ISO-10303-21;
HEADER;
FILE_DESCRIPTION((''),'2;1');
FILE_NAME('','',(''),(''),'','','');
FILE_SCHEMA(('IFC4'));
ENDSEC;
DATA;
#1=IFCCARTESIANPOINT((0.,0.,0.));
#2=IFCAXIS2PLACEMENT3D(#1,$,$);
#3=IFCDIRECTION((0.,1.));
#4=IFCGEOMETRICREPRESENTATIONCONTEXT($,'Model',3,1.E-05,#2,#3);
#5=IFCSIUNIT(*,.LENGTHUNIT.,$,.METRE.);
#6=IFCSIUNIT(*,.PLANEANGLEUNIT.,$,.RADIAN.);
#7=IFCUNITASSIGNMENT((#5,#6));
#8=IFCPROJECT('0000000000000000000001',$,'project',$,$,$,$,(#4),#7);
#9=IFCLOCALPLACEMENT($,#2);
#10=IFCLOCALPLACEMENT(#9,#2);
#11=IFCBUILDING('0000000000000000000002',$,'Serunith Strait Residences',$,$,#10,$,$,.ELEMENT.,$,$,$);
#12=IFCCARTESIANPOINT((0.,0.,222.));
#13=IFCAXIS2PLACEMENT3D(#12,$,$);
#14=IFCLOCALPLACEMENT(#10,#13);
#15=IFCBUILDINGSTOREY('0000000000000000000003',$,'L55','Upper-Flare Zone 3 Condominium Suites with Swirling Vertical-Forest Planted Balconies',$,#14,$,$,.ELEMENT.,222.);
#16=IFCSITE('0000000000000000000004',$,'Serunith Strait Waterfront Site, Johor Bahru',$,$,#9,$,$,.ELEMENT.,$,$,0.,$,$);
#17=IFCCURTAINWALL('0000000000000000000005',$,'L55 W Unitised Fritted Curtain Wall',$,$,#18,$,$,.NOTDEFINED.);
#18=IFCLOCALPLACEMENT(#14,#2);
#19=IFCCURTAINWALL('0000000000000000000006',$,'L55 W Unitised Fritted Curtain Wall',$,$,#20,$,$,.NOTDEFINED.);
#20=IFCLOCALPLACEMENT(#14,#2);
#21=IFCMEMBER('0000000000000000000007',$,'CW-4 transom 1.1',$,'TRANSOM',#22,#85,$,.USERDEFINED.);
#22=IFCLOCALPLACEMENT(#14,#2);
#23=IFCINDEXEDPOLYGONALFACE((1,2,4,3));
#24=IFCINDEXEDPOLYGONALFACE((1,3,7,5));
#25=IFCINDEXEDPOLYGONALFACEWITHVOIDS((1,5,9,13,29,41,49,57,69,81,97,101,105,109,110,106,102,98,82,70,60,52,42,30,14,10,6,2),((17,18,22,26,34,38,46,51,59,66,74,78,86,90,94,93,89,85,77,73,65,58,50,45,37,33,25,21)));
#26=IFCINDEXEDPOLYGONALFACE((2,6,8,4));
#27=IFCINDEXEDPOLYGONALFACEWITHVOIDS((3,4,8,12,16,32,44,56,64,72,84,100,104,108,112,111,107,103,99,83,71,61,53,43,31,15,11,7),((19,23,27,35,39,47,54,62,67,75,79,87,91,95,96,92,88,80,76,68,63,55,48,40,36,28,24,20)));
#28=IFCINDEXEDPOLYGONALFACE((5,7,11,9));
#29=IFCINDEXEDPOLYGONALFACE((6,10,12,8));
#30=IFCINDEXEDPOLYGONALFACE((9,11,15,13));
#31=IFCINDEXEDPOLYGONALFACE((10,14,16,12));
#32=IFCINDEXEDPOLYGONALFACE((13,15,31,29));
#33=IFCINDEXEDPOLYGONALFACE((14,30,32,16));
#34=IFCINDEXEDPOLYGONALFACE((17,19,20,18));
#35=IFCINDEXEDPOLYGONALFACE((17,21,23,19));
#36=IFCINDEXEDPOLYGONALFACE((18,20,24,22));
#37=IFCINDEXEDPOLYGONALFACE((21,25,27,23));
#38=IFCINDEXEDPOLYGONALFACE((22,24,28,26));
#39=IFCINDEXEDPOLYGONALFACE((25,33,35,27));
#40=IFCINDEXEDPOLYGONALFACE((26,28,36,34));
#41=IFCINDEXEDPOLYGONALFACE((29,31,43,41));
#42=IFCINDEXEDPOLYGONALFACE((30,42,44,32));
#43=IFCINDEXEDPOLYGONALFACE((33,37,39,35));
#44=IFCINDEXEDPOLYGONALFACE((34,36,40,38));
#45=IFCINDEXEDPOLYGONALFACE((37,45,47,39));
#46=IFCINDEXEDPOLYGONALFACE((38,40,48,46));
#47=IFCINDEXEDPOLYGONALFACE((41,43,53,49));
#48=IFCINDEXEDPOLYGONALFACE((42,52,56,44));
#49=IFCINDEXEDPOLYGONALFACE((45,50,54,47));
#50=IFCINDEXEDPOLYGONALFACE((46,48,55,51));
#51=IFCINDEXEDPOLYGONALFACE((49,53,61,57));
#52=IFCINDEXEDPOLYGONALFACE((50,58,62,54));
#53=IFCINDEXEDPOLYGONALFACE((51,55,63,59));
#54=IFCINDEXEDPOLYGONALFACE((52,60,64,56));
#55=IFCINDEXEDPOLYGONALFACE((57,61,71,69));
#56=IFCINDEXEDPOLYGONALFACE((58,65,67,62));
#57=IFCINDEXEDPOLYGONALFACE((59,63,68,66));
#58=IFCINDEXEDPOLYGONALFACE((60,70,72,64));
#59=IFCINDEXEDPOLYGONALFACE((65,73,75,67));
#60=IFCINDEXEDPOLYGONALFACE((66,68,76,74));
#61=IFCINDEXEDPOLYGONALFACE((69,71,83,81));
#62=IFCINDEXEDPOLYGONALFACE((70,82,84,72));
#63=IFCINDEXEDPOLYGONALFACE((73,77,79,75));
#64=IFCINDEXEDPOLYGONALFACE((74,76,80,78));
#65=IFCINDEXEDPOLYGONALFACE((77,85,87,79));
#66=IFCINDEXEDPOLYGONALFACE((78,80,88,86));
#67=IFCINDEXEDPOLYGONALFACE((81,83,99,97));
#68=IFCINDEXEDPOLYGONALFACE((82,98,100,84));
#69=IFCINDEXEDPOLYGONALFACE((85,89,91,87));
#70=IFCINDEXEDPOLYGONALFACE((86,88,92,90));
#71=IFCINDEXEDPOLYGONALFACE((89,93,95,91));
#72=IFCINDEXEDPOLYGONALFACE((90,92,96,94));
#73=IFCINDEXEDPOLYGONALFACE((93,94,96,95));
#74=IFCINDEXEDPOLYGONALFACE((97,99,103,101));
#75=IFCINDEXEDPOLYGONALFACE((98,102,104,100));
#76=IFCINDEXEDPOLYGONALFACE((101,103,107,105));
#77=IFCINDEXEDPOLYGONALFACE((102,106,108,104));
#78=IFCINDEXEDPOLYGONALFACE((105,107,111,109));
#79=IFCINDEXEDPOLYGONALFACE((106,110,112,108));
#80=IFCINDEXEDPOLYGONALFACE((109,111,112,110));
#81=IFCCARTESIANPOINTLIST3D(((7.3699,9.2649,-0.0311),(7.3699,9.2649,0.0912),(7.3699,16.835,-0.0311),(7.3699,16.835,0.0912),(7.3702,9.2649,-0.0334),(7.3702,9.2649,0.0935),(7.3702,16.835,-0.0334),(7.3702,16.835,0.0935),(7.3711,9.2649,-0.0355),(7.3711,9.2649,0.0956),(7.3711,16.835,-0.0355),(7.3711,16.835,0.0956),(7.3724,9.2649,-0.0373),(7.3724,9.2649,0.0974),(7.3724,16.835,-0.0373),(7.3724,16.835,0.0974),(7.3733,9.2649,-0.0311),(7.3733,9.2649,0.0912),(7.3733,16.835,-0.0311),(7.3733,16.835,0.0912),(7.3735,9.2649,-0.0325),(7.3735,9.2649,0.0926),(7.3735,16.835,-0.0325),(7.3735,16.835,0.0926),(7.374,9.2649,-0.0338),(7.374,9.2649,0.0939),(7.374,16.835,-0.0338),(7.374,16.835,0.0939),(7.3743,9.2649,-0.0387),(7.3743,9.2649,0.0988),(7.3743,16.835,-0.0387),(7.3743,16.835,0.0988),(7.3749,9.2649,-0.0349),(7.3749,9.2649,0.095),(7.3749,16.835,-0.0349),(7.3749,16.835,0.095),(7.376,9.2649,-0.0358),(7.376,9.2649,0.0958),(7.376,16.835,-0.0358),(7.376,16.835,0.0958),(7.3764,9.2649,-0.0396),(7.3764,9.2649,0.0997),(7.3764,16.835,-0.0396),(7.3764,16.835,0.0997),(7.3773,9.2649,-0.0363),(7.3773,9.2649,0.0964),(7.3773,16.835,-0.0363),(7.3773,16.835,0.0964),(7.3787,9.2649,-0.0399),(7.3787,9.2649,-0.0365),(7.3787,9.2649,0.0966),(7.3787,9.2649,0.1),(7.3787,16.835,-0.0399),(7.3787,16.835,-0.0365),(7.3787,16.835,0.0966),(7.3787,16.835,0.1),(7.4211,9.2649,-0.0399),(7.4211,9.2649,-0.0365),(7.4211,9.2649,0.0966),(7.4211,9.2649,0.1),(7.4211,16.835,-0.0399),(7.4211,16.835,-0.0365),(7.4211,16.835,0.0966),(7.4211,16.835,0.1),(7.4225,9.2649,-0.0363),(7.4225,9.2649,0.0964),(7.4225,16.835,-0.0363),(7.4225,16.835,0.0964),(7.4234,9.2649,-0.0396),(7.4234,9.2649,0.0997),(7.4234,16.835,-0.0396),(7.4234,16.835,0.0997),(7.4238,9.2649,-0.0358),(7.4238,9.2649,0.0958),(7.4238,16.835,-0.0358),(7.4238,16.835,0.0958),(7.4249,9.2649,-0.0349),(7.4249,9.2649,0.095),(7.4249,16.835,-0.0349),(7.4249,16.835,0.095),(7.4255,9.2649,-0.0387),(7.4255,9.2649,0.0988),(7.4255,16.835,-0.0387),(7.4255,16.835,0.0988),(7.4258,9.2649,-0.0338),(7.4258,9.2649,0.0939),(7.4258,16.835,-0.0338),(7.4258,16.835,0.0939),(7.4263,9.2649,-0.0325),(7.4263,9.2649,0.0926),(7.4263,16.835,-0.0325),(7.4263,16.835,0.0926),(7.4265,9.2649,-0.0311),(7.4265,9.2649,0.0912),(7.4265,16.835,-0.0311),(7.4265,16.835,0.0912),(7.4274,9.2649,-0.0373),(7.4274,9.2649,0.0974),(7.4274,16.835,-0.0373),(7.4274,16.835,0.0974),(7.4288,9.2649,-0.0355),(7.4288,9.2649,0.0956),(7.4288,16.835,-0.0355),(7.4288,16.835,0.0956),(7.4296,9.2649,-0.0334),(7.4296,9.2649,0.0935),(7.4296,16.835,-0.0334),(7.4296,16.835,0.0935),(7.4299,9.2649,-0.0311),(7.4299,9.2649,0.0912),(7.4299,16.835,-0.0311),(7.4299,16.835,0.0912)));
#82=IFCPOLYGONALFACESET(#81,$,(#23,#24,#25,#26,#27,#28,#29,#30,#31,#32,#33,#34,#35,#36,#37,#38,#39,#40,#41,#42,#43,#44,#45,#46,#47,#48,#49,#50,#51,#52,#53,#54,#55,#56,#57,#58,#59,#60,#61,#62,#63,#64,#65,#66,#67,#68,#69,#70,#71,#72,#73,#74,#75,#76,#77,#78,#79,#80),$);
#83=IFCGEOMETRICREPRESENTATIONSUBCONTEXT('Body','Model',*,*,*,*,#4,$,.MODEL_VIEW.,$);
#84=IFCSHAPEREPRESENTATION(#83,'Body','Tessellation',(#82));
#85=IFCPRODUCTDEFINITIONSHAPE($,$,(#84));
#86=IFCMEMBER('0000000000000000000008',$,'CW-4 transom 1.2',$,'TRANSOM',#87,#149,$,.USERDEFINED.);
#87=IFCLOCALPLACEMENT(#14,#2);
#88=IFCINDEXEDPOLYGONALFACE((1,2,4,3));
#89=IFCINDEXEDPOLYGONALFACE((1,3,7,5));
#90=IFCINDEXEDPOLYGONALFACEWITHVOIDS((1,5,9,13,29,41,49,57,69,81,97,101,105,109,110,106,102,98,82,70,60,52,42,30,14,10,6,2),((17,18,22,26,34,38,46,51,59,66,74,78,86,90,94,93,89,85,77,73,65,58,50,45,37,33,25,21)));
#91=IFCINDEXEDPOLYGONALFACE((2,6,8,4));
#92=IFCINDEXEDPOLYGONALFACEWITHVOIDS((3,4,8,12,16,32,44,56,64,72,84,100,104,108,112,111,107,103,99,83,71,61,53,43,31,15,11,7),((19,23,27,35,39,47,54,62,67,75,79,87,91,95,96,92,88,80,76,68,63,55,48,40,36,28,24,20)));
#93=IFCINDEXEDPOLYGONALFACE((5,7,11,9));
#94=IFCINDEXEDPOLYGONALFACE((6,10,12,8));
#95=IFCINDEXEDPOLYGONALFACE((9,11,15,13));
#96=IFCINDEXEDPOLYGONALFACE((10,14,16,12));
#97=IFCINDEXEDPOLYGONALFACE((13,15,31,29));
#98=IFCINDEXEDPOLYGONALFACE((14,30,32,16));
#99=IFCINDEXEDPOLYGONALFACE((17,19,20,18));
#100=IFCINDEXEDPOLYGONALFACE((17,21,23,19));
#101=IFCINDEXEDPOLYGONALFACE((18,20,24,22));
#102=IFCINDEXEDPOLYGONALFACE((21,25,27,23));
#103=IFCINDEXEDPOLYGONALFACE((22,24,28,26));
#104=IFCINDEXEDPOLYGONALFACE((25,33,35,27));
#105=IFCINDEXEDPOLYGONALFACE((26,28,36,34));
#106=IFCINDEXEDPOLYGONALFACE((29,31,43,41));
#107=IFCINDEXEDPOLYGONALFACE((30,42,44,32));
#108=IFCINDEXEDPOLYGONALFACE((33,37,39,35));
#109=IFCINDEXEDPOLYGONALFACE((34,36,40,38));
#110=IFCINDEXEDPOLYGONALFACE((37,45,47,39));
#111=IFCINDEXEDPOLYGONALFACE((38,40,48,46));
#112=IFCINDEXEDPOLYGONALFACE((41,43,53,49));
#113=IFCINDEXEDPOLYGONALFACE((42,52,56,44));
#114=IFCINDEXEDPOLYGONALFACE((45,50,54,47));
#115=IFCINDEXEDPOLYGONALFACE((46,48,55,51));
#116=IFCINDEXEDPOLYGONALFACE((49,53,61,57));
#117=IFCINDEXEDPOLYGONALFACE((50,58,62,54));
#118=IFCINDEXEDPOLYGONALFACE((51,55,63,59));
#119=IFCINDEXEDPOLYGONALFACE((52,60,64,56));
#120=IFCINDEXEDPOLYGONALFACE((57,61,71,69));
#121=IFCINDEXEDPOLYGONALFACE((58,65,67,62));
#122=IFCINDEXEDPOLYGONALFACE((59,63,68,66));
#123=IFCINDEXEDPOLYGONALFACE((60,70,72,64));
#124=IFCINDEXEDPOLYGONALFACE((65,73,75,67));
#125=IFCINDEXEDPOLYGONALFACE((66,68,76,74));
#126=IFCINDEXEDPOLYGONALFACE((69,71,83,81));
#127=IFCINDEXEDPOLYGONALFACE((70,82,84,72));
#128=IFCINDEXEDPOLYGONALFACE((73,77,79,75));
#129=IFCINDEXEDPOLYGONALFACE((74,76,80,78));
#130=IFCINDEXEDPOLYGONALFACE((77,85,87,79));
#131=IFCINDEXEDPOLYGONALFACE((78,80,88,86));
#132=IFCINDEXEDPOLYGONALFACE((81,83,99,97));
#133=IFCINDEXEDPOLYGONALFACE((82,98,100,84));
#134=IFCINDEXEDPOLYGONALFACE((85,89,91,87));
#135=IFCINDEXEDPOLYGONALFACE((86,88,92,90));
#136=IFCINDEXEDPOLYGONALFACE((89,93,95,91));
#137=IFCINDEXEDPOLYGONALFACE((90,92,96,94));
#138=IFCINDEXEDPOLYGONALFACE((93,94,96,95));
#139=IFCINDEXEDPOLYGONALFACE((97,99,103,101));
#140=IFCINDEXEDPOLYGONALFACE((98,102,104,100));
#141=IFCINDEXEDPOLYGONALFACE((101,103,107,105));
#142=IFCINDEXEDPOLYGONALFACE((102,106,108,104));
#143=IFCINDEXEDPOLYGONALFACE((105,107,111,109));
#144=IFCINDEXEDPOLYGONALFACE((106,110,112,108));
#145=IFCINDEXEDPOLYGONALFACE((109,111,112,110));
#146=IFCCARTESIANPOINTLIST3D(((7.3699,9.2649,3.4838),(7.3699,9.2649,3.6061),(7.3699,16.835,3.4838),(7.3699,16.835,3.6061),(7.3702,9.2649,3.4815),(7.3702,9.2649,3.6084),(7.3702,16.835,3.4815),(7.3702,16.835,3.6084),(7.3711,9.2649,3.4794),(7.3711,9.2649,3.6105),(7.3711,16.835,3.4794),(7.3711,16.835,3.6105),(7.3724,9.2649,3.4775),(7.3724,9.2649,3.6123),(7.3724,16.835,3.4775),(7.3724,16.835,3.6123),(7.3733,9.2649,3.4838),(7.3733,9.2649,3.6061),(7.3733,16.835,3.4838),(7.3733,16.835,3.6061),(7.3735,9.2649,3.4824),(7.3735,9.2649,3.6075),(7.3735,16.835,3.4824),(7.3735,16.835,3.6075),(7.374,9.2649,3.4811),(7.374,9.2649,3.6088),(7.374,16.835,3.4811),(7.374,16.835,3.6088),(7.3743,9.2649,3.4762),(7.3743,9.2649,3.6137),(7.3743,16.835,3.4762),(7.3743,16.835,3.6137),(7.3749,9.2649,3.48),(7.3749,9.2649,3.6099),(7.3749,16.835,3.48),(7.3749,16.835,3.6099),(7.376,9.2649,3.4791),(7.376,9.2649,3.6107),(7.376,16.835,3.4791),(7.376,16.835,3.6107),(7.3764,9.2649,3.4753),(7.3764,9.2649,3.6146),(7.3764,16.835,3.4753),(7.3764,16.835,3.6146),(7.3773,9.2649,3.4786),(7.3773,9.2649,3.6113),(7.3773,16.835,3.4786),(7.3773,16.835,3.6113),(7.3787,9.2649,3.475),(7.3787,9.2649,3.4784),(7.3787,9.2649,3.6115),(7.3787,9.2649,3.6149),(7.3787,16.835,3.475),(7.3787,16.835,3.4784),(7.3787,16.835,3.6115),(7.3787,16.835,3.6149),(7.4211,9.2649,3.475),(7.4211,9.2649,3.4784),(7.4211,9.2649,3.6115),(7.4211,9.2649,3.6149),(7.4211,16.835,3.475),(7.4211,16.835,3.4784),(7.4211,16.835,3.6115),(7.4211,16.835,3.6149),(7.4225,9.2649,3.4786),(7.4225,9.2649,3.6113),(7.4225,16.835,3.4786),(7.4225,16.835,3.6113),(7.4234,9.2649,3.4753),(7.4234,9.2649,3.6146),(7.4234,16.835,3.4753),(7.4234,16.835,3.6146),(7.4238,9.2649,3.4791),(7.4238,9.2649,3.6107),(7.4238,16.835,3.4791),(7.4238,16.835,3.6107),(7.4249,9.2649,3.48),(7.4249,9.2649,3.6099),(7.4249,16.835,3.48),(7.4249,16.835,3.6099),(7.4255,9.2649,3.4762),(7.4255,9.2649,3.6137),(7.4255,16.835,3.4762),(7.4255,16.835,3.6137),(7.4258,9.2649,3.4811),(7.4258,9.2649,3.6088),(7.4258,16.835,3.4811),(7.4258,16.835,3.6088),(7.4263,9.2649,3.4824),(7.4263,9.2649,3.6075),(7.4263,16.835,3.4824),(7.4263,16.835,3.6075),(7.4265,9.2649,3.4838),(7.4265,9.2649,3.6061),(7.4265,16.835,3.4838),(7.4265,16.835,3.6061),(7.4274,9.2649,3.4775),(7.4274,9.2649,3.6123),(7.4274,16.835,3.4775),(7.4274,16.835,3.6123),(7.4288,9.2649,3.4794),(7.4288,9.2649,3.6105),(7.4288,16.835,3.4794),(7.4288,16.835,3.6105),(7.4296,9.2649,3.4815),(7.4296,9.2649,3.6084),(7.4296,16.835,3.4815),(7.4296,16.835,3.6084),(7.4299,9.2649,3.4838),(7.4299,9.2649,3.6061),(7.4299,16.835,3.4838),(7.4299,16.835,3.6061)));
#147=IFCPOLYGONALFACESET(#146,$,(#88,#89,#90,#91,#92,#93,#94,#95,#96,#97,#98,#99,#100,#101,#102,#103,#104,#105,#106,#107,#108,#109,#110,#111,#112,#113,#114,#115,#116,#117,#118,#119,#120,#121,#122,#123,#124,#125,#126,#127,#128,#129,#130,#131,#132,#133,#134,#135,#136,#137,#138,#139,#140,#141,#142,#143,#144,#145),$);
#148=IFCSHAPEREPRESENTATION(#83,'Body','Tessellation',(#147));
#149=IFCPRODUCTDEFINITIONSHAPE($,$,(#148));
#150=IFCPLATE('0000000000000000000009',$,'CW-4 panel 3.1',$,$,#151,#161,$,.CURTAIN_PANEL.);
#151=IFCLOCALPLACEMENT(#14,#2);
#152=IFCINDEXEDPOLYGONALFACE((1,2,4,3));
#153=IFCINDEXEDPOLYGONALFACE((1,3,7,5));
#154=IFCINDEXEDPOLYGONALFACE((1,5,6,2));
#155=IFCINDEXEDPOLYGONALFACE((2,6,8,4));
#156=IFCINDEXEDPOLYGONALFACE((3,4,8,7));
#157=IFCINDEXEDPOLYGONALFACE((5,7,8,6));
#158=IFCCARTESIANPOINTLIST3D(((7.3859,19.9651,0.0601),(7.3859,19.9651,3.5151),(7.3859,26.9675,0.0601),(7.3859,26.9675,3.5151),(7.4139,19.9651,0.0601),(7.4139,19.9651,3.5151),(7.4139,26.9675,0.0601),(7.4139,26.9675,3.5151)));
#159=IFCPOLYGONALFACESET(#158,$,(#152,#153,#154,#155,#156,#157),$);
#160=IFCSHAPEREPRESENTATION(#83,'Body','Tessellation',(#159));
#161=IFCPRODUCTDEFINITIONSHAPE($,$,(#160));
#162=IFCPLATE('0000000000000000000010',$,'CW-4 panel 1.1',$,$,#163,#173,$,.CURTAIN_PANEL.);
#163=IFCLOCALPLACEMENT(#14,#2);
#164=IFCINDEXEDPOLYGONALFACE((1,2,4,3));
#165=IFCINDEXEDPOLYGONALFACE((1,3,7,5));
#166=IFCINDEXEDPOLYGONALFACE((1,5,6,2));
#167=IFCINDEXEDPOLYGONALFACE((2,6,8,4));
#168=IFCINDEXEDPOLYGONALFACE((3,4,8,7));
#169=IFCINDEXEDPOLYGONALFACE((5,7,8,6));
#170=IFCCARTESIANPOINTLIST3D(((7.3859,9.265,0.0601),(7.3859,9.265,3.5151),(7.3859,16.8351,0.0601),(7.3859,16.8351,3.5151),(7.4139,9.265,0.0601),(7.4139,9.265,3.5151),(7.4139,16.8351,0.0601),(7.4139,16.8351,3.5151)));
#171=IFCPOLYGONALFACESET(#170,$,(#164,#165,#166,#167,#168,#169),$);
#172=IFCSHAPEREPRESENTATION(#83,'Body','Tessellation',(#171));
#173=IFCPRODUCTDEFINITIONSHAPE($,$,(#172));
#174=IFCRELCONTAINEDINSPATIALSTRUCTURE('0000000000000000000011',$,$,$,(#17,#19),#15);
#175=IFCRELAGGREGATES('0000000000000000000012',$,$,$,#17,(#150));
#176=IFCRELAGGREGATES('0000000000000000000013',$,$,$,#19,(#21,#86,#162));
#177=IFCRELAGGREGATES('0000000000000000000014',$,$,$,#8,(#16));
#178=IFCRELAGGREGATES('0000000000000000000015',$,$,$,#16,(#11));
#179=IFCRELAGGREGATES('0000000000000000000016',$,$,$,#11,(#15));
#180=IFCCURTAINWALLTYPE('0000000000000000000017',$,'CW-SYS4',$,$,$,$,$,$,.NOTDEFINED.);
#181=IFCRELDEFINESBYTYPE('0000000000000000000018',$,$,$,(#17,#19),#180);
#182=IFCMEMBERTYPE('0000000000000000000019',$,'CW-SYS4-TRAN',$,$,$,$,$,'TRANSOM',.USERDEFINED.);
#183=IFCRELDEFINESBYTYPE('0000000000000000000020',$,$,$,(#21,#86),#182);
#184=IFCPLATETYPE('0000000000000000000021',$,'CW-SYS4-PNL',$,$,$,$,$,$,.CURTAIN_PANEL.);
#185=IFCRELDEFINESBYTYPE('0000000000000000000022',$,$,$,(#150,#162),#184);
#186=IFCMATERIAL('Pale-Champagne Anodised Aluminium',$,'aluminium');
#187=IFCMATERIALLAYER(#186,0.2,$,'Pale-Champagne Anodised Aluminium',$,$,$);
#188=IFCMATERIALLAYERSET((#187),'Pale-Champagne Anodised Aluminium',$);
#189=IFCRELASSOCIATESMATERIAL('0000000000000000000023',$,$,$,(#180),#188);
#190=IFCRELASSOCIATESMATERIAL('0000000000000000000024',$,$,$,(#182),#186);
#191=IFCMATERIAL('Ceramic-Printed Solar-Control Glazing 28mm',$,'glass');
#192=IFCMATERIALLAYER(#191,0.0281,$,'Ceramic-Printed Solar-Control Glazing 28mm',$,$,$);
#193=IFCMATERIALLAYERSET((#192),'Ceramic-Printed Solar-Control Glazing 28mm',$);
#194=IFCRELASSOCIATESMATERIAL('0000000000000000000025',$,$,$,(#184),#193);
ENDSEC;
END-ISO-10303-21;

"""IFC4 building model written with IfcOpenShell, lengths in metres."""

from ifc_helpers import new_model, si_unit, direction, frame, origin, origin_2d, place, context, subcontext, project, spatial, rectangle, hollow_rectangle, extrude, source, transform, mapped, material, layer, layer_set, material_profile, profile_set, type_object, element, aggregate, save


model = new_model("IFC4")

# Units and contexts
model_context = context("Model", 3, precision=1e-05, world=origin(), true_north=direction((0.0, 1.0)))
body_context = subcontext(model_context, "Body", "Model", "MODEL_VIEW")
ifc_project = project(units=[si_unit("LENGTHUNIT", "METRE"), si_unit("PLANEANGLEUNIT", "RADIAN")], contexts=[model_context])

# Site, building, storey
site_placement = place(None, origin())
site = spatial("IfcSite", under=ifc_project, at=site_placement, Name="Serunith Strait Waterfront Site, Johor Bahru", CompositionType="ELEMENT", RefElevation=0.0)
building_placement = place(site_placement, origin())
building = spatial("IfcBuilding", under=site, at=building_placement, Name="Serunith Strait Residences", CompositionType="ELEMENT")
storey_placement = place(building_placement, frame((0.0, 0.0, 222.0)))
storey = spatial("IfcBuildingStorey", under=building, at=storey_placement, Name="L55", Description="Upper-Flare Zone 3 Condominium Suites with Swirling Vertical-Forest Planted Balconies", CompositionType="ELEMENT", Elevation=222.0)

# Curtain wall
ifc_material_1 = material(Name="Pale-Champagne Anodised Aluminium", Category="aluminium")
ifc_layer_1 = layer(ifc_material_1, 0.2, Name="Pale-Champagne Anodised Aluminium")
ifc_layer_set_1 = layer_set([ifc_layer_1], Name="Pale-Champagne Anodised Aluminium")
curtain_wall_type = type_object("IfcCurtainWallType", Name="CW-SYS4", PredefinedType="NOTDEFINED", material=ifc_layer_set_1)
curtain_wall_1_placement = place(storey_placement, origin())
curtain_wall_1 = element("IfcCurtainWall", 1, at=curtain_wall_1_placement, inside=storey, type_object=curtain_wall_type, Name="L55 W Unitised Fritted Curtain Wall", PredefinedType="NOTDEFINED")

# Curtain wall, members
curtain_wall_2_placement = place(storey_placement, origin())
curtain_wall_2 = element("IfcCurtainWall", 2, at=curtain_wall_2_placement, inside=storey, type_object=curtain_wall_type, Name="L55 W Unitised Fritted Curtain Wall", PredefinedType="NOTDEFINED")
ifc_material_profile_1 = material_profile(ifc_material_1, hollow_rectangle(XDim=0.0601, YDim=0.1399, WallThickness=0.0034, InnerFilletRadius=0.0054, OuterFilletRadius=0.0088, at=origin_2d()), Name="ALU 140x60x3.5")
ifc_profile_set_1 = profile_set([ifc_material_profile_1], Name="Pale-Champagne Anodised Aluminium")
member_type_1 = type_object("IfcMemberType", Name="CW-SYS4-TRAN", ElementType="TRANSOM", PredefinedType="USERDEFINED", material=ifc_profile_set_1)
shared_shape_1 = source(origin(), body_context, "Body", "SweptSolid", [
    extrude(hollow_rectangle(XDim=0.0601, YDim=0.1399, WallThickness=0.0034, InnerFilletRadius=0.0054, OuterFilletRadius=0.0088, at=origin_2d()), origin(), (0.0, 0.0, 1.0), 7.5701),
])
member_1_placement = place(storey_placement, frame((7.3999, 16.835, 0.03), z_axis=(0.0, -1.0, 0.0), x_axis=(1.0, 0.0, 0.0)))
member_1 = element("IfcMember", 3, at=member_1_placement, type_object=member_type_1, Name="CW-4 transom 1.1", ObjectType="TRANSOM", PredefinedType="USERDEFINED", context=body_context, shape_type="MappedRepresentation", body=[
    mapped(shared_shape_1, transform((0.0, 0.0, 0.0), scale=1.0)),
])
member_2_placement = place(storey_placement, frame((7.3999, 16.835, 3.5449), z_axis=(0.0, -1.0, 0.0), x_axis=(1.0, 0.0, 0.0)))
member_2 = element("IfcMember", 4, at=member_2_placement, type_object=member_type_1, Name="CW-4 transom 1.2", ObjectType="TRANSOM", PredefinedType="USERDEFINED", context=body_context, shape_type="MappedRepresentation", body=[
    mapped(shared_shape_1, transform((0.0, 0.0, 0.0), scale=1.0)),
])

# Plates
ifc_material_2 = material(Name="Ceramic-Printed Solar-Control Glazing 28mm", Category="glass")
ifc_layer_2 = layer(ifc_material_2, 0.0281, Name="Ceramic-Printed Solar-Control Glazing 28mm")
ifc_layer_set_2 = layer_set([ifc_layer_2], Name="Ceramic-Printed Solar-Control Glazing 28mm")
plate_type = type_object("IfcPlateType", Name="CW-SYS4-PNL", PredefinedType="CURTAIN_PANEL", material=ifc_layer_set_2)
shared_shape_2 = source(origin(), body_context, "Body", "SweptSolid", [
    extrude(rectangle(XDim=7.0024, YDim=0.0281, at=origin_2d()), origin(), (0.0, 0.0, 1.0), 3.4551),
])
plate_1_placement = place(storey_placement, frame((7.3999, 23.4663, 0.0601), z_axis=(0.0, 0.0, 1.0), x_axis=(0.0, -1.0, 0.0)))
plate_1 = element("IfcPlate", 5, at=plate_1_placement, type_object=plate_type, Name="CW-4 panel 3.1", PredefinedType="CURTAIN_PANEL", context=body_context, shape_type="MappedRepresentation", body=[
    mapped(shared_shape_2, transform((0.0, 0.0, 0.0), scale=1.0)),
])
aggregate(curtain_wall_1, [plate_1])
shared_shape_3 = source(origin(), body_context, "Body", "SweptSolid", [
    extrude(rectangle(XDim=7.5701, YDim=0.0281, at=origin_2d()), origin(), (0.0, 0.0, 1.0), 3.4551),
])
plate_2_placement = place(storey_placement, frame((7.3999, 13.05, 0.0601), z_axis=(0.0, 0.0, 1.0), x_axis=(0.0, -1.0, 0.0)))
plate_2 = element("IfcPlate", 6, at=plate_2_placement, type_object=plate_type, Name="CW-4 panel 1.1", PredefinedType="CURTAIN_PANEL", context=body_context, shape_type="MappedRepresentation", body=[
    mapped(shared_shape_3, transform((0.0, 0.0, 0.0), scale=1.0)),
])
aggregate(curtain_wall_2, [member_1, member_2, plate_2])

save(model, "model.ifc")
